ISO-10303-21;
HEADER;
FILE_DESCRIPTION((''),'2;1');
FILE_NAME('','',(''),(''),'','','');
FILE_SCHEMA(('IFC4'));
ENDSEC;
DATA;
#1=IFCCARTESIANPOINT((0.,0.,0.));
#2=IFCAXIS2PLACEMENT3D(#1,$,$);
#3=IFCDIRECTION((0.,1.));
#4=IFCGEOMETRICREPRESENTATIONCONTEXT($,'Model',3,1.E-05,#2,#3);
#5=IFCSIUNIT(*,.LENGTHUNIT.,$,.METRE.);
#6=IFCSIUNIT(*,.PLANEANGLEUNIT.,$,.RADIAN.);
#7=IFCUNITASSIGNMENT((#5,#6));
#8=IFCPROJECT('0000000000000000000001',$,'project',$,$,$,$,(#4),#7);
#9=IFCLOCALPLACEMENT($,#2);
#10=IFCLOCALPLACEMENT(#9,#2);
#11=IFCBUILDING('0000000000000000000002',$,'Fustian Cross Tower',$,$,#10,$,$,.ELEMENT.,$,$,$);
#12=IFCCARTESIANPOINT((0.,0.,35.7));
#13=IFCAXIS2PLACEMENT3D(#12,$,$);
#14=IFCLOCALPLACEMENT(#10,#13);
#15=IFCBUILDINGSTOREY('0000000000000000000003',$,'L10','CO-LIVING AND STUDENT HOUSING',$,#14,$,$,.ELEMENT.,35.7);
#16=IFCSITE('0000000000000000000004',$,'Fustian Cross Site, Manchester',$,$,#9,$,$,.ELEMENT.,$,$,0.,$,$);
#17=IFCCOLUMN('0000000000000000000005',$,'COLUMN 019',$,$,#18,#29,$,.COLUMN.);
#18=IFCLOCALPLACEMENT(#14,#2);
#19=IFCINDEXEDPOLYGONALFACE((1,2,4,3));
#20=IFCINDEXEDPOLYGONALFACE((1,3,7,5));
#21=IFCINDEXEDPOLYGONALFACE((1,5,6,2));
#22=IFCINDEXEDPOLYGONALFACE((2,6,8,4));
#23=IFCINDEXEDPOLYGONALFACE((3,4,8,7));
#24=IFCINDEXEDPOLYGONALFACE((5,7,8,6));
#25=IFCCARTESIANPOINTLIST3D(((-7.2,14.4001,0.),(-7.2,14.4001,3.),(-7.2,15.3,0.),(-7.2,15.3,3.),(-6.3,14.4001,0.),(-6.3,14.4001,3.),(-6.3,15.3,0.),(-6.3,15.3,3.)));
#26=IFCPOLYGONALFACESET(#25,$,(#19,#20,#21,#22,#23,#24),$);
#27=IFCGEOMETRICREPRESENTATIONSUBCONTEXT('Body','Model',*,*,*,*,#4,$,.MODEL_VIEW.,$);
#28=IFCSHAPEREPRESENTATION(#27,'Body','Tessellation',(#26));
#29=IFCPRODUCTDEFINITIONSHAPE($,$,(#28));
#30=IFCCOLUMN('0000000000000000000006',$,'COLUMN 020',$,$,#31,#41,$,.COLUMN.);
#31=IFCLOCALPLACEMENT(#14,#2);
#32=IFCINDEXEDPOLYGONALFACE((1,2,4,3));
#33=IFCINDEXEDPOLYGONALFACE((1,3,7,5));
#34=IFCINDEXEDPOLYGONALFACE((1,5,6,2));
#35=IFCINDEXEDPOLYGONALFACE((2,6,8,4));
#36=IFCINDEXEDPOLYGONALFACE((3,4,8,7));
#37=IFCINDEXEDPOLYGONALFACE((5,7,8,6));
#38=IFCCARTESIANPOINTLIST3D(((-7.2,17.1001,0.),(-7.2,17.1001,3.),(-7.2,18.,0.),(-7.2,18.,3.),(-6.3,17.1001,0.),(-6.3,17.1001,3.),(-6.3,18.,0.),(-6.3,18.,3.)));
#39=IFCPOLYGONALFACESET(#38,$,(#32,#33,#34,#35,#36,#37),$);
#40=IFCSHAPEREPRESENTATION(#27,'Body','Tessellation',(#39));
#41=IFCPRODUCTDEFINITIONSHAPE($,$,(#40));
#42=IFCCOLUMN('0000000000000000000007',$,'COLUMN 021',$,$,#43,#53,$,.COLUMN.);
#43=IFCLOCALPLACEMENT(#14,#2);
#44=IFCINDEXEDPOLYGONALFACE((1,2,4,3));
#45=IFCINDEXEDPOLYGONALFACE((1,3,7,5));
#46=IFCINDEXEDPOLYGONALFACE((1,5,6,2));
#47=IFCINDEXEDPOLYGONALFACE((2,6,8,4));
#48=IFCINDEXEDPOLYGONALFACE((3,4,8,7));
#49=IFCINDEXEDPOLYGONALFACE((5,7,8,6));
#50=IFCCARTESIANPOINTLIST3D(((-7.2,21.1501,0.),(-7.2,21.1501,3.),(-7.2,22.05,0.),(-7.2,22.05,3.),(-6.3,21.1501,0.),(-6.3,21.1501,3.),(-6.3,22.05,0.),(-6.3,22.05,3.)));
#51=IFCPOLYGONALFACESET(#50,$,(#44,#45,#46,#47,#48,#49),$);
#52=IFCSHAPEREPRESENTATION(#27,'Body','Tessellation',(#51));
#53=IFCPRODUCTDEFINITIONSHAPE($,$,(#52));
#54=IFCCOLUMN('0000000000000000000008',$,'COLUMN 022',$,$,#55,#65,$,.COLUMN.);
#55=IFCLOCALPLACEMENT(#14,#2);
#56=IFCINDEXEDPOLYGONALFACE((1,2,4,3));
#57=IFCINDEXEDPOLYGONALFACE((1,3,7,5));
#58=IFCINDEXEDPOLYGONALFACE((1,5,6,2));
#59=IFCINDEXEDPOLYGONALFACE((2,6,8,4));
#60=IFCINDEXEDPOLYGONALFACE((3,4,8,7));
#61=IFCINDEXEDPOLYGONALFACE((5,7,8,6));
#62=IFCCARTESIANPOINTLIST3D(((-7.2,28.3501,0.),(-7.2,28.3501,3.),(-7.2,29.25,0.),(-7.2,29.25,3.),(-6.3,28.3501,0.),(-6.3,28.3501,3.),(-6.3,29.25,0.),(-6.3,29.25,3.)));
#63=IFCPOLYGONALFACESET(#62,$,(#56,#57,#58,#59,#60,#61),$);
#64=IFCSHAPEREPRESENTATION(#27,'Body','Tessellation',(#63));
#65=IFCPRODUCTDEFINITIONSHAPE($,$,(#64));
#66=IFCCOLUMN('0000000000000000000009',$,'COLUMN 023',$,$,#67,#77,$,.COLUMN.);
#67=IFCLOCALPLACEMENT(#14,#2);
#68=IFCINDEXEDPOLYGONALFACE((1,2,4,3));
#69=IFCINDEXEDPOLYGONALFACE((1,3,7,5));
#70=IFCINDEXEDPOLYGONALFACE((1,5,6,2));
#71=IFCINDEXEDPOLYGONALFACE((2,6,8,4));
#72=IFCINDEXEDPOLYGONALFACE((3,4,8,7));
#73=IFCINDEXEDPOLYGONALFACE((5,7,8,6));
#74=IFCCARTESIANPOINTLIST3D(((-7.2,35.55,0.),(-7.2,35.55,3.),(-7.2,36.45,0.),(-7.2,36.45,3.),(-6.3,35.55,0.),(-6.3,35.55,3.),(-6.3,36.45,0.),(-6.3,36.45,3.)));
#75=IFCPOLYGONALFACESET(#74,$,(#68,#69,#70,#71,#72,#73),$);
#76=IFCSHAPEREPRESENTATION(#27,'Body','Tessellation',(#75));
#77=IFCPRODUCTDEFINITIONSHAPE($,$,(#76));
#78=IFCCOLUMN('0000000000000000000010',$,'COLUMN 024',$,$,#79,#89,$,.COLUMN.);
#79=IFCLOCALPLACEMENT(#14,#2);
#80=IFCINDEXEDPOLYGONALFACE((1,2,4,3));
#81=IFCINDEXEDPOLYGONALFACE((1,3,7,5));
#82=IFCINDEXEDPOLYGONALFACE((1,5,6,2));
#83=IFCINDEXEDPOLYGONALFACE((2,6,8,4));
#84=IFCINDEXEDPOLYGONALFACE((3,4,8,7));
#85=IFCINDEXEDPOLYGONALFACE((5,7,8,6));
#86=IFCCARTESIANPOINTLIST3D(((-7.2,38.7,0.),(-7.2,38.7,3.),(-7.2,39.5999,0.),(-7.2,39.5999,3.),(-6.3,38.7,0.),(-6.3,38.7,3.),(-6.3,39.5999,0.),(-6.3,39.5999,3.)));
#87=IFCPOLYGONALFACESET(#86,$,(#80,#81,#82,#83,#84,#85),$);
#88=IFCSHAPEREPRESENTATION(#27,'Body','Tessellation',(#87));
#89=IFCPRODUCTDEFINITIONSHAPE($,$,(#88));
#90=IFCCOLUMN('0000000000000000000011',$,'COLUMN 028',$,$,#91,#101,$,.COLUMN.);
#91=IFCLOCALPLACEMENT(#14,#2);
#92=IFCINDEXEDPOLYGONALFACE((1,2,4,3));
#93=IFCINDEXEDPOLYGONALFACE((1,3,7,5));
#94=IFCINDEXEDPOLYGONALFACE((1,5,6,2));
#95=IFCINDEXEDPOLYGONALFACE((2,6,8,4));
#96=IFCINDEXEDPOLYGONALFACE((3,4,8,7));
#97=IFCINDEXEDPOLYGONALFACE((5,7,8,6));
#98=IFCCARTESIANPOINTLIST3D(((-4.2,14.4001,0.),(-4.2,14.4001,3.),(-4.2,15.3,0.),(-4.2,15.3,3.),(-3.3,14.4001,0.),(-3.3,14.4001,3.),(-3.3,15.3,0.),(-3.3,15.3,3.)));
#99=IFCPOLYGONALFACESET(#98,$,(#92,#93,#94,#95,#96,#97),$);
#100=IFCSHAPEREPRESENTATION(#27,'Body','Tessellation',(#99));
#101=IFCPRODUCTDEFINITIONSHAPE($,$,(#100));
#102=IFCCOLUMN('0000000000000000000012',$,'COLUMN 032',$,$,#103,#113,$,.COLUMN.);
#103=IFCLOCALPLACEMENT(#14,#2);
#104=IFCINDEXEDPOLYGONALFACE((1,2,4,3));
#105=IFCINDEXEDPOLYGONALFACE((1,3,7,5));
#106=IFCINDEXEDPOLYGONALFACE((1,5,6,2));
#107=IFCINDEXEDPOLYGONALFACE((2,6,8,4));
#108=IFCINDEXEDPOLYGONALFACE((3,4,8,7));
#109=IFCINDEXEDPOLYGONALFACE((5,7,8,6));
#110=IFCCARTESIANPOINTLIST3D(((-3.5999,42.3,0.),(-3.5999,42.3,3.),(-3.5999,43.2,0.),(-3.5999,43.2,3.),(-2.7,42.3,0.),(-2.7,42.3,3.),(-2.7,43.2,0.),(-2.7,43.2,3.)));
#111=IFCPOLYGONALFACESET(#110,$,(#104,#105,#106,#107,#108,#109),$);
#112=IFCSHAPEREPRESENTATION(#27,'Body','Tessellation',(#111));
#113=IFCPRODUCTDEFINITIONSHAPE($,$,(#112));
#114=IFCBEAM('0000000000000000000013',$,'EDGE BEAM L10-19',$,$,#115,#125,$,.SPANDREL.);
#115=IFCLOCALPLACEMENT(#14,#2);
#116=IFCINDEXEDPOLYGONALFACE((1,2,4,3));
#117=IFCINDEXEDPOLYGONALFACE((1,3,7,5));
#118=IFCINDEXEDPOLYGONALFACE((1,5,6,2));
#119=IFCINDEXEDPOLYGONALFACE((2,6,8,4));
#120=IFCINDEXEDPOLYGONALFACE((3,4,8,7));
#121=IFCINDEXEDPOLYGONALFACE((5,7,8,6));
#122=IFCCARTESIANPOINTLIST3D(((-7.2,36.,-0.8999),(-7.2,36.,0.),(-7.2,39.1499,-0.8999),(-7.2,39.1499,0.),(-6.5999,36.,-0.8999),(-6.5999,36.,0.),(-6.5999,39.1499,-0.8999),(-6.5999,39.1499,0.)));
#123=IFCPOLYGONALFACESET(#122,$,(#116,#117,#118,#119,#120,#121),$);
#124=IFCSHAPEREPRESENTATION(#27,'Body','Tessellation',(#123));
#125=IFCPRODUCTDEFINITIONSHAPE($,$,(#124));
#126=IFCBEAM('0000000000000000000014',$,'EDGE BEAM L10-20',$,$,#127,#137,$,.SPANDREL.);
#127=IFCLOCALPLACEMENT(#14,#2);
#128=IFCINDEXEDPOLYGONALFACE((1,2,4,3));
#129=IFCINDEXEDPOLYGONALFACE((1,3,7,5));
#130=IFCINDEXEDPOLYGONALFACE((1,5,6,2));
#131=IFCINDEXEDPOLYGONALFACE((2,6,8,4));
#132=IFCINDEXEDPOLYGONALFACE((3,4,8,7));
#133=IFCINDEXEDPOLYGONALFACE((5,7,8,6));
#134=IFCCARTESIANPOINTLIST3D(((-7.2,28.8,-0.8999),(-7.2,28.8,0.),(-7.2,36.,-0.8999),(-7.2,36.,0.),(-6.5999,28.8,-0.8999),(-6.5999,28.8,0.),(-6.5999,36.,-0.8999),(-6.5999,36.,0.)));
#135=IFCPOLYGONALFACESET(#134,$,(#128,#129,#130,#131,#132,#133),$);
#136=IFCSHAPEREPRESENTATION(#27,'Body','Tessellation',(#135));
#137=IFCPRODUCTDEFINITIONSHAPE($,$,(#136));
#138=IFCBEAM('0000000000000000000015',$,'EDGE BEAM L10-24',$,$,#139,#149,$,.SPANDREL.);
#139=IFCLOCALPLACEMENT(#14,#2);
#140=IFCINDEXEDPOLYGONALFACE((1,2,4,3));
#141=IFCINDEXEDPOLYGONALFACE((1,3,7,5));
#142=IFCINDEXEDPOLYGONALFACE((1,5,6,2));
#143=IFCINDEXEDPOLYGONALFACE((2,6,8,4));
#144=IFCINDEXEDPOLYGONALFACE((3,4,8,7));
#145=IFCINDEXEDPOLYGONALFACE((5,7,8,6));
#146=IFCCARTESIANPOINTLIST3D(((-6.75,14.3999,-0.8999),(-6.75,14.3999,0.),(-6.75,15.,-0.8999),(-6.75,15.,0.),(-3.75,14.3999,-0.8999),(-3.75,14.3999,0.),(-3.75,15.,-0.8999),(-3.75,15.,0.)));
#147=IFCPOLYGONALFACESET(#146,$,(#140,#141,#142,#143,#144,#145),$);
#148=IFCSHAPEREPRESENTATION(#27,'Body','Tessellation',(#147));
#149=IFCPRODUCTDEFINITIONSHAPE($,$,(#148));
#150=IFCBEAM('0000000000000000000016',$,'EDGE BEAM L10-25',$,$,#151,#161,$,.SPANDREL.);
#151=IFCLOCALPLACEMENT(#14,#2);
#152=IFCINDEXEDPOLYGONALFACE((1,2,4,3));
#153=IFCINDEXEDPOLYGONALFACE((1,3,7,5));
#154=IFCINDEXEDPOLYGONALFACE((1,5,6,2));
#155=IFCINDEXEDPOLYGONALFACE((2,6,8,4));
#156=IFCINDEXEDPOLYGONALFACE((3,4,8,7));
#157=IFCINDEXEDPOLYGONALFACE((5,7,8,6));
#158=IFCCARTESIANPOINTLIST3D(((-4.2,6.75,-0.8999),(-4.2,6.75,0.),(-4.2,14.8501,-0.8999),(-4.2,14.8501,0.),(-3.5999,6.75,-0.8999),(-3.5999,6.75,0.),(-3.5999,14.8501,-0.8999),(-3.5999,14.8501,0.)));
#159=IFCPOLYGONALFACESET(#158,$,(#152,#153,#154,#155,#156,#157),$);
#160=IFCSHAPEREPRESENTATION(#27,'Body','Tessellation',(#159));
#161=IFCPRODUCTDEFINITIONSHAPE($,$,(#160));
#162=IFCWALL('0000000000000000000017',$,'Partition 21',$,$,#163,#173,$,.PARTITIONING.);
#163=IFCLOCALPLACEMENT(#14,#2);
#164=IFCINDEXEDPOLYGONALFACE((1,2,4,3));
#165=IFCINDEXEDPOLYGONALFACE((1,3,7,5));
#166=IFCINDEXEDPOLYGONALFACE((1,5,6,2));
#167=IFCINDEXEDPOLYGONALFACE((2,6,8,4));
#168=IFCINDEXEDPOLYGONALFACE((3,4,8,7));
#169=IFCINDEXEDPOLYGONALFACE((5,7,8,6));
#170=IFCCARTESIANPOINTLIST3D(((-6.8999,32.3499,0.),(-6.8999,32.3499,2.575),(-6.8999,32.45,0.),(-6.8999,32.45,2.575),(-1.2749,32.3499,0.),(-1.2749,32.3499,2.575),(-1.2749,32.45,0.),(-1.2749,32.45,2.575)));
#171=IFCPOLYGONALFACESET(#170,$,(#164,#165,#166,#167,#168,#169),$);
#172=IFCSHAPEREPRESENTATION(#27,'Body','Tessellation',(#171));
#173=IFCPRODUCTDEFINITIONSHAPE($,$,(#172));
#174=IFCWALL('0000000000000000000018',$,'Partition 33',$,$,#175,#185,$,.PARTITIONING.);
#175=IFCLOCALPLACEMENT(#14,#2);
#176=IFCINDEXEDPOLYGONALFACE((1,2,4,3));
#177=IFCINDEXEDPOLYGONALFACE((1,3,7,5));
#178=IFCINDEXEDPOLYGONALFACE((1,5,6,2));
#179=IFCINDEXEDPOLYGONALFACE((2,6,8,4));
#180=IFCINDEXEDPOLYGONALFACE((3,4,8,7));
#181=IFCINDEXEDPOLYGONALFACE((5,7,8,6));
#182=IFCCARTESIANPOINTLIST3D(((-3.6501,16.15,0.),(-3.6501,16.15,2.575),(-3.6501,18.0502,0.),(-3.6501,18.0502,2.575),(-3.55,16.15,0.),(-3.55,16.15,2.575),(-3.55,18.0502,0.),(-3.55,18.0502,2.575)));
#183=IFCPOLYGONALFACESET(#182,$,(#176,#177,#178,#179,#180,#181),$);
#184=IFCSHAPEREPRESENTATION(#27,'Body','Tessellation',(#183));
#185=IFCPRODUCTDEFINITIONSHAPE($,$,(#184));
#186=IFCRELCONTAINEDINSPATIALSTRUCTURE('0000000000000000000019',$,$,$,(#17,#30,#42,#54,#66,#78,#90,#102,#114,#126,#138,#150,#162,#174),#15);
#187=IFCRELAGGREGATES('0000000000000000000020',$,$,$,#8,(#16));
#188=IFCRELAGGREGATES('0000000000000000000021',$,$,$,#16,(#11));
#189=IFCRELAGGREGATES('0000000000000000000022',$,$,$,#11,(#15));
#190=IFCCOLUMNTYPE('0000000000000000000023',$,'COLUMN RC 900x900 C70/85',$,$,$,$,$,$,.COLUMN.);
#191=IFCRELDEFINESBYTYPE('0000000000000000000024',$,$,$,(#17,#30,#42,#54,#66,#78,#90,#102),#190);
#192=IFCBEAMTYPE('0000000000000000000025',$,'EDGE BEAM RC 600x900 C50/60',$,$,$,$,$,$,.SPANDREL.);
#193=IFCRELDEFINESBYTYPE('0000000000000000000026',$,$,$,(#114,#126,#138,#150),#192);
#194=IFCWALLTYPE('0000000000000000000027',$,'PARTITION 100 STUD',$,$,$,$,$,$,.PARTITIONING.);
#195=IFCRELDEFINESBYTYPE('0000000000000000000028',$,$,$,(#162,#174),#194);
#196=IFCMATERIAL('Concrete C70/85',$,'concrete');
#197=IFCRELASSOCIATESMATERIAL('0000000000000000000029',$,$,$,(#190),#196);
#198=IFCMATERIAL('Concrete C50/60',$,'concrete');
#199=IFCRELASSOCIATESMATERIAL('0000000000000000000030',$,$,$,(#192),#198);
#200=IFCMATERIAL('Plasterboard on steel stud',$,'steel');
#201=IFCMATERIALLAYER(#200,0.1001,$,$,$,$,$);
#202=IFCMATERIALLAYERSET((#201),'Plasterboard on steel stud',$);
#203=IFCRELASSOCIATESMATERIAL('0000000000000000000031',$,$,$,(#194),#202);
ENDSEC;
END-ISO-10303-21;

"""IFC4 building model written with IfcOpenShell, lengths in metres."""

from ifc_helpers import new_model, si_unit, direction, frame, frame_2d, origin, origin_2d, place, context, subcontext, project, spatial, rectangle, extrude, material, layer, layer_set, material_profile, profile_set, type_object, element, save


model = new_model("IFC4")

# Units and contexts
model_context = context("Model", 3, precision=1e-05, world=origin(), true_north=direction((0.0, 1.0)))
body_context = subcontext(model_context, "Body", "Model", "MODEL_VIEW")
ifc_project = project(units=[si_unit("LENGTHUNIT", "METRE"), si_unit("PLANEANGLEUNIT", "RADIAN")], contexts=[model_context])

# Site, building, storey
site_placement = place(None, origin())
site = spatial("IfcSite", under=ifc_project, at=site_placement, Name="Fustian Cross Site, Manchester", CompositionType="ELEMENT", RefElevation=0.0)
building_placement = place(site_placement, origin())
building = spatial("IfcBuilding", under=site, at=building_placement, Name="Fustian Cross Tower", CompositionType="ELEMENT")
storey_placement = place(building_placement, frame((0.0, 0.0, 35.7)))
storey = spatial("IfcBuildingStorey", under=building, at=storey_placement, Name="L10", Description="CO-LIVING AND STUDENT HOUSING", CompositionType="ELEMENT", Elevation=35.7)

# Columns
ifc_material_1 = material(Name="Concrete C70/85", Category="concrete")
ifc_material_profile_1 = material_profile(ifc_material_1, rectangle(XDim=0.8999, YDim=0.8999, at=origin_2d()), Name="RC 900x900")
ifc_profile_set_1 = profile_set([ifc_material_profile_1], Name="Concrete C70/85")
column_type = type_object("IfcColumnType", Name="COLUMN RC 900x900 C70/85", PredefinedType="COLUMN", material=ifc_profile_set_1)
for number, where, z_axis, x_axis, name in (
    (1, (-6.75, 14.8501, 0.0), (0.0, 0.0, 1.0), (1.0, 0.0, 0.0), "COLUMN 019"),
    (2, (-6.75, 17.55, 0.0), (0.0, 0.0, 1.0), (1.0, 0.0, 0.0), "COLUMN 020"),
    (3, (-6.75, 21.6001, 0.0), (0.0, 0.0, 1.0), (1.0, 0.0, 0.0), "COLUMN 021"),
    (4, (-6.75, 28.8, 0.0), (0.0, 0.0, 1.0), (1.0, 0.0, 0.0), "COLUMN 022"),
    (5, (-6.75, 36.0, 0.0), (0.0, 0.0, 1.0), (1.0, 0.0, 0.0), "COLUMN 023"),
    (6, (-6.75, 39.1499, 0.0), (0.0, 0.0, 1.0), (1.0, 0.0, 0.0), "COLUMN 024"),
    (7, (-3.75, 14.8501, 0.0), (0.0, 0.0, 1.0), (1.0, 0.0, 0.0), "COLUMN 028"),
    (8, (-3.1499, 42.75, 0.0), (0.0, 0.0, 1.0), (1.0, 0.0, 0.0), "COLUMN 032"),
):
    element("IfcColumn", number, at=place(storey_placement, frame(where, z_axis=z_axis, x_axis=x_axis)), inside=storey, type_object=column_type, Name=name, PredefinedType="COLUMN", context=body_context, shape_type="SweptSolid", body=[
        extrude(rectangle(XDim=0.8999, YDim=0.8999, at=origin_2d()), origin(), (0.0, 0.0, 1.0), 3.0),
    ])

# Beams
ifc_material_2 = material(Name="Concrete C50/60", Category="concrete")
ifc_material_profile_2 = material_profile(ifc_material_2, rectangle(XDim=0.6001, YDim=0.8999, at=origin_2d()), Name="RC 600x900")
ifc_profile_set_2 = profile_set([ifc_material_profile_2], Name="Concrete C50/60")
beam_type = type_object("IfcBeamType", Name="EDGE BEAM RC 600x900 C50/60", PredefinedType="SPANDREL", material=ifc_profile_set_2)
beam_1_placement = place(storey_placement, frame((-6.8999, 39.1499, -0.45), z_axis=(0.0, -1.0, 0.0), x_axis=(1.0, 0.0, 0.0)))
element("IfcBeam", 9, at=beam_1_placement, inside=storey, type_object=beam_type, Name="EDGE BEAM L10-19", PredefinedType="SPANDREL", context=body_context, shape_type="SweptSolid", body=[
    extrude(rectangle(XDim=0.6001, YDim=0.8999, at=origin_2d()), origin(), (0.0, 0.0, 1.0), 3.1499),
])
beam_2_placement = place(storey_placement, frame((-6.8999, 36.0, -0.45), z_axis=(0.0, -1.0, 0.0), x_axis=(1.0, 0.0, 0.0)))
element("IfcBeam", 10, at=beam_2_placement, inside=storey, type_object=beam_type, Name="EDGE BEAM L10-20", PredefinedType="SPANDREL", context=body_context, shape_type="SweptSolid", body=[
    extrude(rectangle(XDim=0.6001, YDim=0.8999, at=origin_2d()), origin(), (0.0, 0.0, 1.0), 7.2),
])
beam_3_placement = place(storey_placement, frame((-6.75, 14.7, -0.45), z_axis=(1.0, 0.0, 0.0), x_axis=(0.0, 1.0, 0.0)))
element("IfcBeam", 11, at=beam_3_placement, inside=storey, type_object=beam_type, Name="EDGE BEAM L10-24", PredefinedType="SPANDREL", context=body_context, shape_type="SweptSolid", body=[
    extrude(rectangle(XDim=0.6001, YDim=0.8999, at=origin_2d()), origin(), (0.0, 0.0, 1.0), 3.0),
])
beam_4_placement = place(storey_placement, frame((-3.8999, 14.8501, -0.45), z_axis=(0.0, -1.0, 0.0), x_axis=(1.0, 0.0, 0.0)))
element("IfcBeam", 12, at=beam_4_placement, inside=storey, type_object=beam_type, Name="EDGE BEAM L10-25", PredefinedType="SPANDREL", context=body_context, shape_type="SweptSolid", body=[
    extrude(rectangle(XDim=0.6001, YDim=0.8999, at=origin_2d()), origin(), (0.0, 0.0, 1.0), 8.1001),
])

# Walls
ifc_material_3 = material(Name="Plasterboard on steel stud", Category="steel")
ifc_layer_1 = layer(ifc_material_3, 0.1001)
ifc_layer_set_1 = layer_set([ifc_layer_1], Name="Plasterboard on steel stud")
wall_type_1 = type_object("IfcWallType", Name="PARTITION 100 STUD", PredefinedType="PARTITIONING", material=ifc_layer_set_1)
wall_1_placement = place(storey_placement, frame((-6.8999, 32.3999, 0.0), z_axis=(0.0, 0.0, 1.0), x_axis=(1.0, 0.0, 0.0)))
element("IfcWall", 13, at=wall_1_placement, inside=storey, type_object=wall_type_1, Name="Partition 21", PredefinedType="PARTITIONING", context=body_context, shape_type="SweptSolid", body=[
    extrude(rectangle(XDim=5.625, YDim=0.1001, at=frame_2d((2.8125, 0.0))), origin(), (0.0, 0.0, 1.0), 2.575),
])
wall_2_placement = place(storey_placement, frame((-3.6001, 16.1499, 0.0), z_axis=(0.0, 0.0, 1.0), x_axis=(0.0, 1.0, 0.0)))
element("IfcWall", 14, at=wall_2_placement, inside=storey, type_object=wall_type_1, Name="Partition 33", PredefinedType="PARTITIONING", context=body_context, shape_type="SweptSolid", body=[
    extrude(rectangle(XDim=1.9001, YDim=0.1001, at=frame_2d((0.9502, 0.0))), origin(), (0.0, 0.0, 1.0), 2.575),
])

save(model, "model.ifc")
